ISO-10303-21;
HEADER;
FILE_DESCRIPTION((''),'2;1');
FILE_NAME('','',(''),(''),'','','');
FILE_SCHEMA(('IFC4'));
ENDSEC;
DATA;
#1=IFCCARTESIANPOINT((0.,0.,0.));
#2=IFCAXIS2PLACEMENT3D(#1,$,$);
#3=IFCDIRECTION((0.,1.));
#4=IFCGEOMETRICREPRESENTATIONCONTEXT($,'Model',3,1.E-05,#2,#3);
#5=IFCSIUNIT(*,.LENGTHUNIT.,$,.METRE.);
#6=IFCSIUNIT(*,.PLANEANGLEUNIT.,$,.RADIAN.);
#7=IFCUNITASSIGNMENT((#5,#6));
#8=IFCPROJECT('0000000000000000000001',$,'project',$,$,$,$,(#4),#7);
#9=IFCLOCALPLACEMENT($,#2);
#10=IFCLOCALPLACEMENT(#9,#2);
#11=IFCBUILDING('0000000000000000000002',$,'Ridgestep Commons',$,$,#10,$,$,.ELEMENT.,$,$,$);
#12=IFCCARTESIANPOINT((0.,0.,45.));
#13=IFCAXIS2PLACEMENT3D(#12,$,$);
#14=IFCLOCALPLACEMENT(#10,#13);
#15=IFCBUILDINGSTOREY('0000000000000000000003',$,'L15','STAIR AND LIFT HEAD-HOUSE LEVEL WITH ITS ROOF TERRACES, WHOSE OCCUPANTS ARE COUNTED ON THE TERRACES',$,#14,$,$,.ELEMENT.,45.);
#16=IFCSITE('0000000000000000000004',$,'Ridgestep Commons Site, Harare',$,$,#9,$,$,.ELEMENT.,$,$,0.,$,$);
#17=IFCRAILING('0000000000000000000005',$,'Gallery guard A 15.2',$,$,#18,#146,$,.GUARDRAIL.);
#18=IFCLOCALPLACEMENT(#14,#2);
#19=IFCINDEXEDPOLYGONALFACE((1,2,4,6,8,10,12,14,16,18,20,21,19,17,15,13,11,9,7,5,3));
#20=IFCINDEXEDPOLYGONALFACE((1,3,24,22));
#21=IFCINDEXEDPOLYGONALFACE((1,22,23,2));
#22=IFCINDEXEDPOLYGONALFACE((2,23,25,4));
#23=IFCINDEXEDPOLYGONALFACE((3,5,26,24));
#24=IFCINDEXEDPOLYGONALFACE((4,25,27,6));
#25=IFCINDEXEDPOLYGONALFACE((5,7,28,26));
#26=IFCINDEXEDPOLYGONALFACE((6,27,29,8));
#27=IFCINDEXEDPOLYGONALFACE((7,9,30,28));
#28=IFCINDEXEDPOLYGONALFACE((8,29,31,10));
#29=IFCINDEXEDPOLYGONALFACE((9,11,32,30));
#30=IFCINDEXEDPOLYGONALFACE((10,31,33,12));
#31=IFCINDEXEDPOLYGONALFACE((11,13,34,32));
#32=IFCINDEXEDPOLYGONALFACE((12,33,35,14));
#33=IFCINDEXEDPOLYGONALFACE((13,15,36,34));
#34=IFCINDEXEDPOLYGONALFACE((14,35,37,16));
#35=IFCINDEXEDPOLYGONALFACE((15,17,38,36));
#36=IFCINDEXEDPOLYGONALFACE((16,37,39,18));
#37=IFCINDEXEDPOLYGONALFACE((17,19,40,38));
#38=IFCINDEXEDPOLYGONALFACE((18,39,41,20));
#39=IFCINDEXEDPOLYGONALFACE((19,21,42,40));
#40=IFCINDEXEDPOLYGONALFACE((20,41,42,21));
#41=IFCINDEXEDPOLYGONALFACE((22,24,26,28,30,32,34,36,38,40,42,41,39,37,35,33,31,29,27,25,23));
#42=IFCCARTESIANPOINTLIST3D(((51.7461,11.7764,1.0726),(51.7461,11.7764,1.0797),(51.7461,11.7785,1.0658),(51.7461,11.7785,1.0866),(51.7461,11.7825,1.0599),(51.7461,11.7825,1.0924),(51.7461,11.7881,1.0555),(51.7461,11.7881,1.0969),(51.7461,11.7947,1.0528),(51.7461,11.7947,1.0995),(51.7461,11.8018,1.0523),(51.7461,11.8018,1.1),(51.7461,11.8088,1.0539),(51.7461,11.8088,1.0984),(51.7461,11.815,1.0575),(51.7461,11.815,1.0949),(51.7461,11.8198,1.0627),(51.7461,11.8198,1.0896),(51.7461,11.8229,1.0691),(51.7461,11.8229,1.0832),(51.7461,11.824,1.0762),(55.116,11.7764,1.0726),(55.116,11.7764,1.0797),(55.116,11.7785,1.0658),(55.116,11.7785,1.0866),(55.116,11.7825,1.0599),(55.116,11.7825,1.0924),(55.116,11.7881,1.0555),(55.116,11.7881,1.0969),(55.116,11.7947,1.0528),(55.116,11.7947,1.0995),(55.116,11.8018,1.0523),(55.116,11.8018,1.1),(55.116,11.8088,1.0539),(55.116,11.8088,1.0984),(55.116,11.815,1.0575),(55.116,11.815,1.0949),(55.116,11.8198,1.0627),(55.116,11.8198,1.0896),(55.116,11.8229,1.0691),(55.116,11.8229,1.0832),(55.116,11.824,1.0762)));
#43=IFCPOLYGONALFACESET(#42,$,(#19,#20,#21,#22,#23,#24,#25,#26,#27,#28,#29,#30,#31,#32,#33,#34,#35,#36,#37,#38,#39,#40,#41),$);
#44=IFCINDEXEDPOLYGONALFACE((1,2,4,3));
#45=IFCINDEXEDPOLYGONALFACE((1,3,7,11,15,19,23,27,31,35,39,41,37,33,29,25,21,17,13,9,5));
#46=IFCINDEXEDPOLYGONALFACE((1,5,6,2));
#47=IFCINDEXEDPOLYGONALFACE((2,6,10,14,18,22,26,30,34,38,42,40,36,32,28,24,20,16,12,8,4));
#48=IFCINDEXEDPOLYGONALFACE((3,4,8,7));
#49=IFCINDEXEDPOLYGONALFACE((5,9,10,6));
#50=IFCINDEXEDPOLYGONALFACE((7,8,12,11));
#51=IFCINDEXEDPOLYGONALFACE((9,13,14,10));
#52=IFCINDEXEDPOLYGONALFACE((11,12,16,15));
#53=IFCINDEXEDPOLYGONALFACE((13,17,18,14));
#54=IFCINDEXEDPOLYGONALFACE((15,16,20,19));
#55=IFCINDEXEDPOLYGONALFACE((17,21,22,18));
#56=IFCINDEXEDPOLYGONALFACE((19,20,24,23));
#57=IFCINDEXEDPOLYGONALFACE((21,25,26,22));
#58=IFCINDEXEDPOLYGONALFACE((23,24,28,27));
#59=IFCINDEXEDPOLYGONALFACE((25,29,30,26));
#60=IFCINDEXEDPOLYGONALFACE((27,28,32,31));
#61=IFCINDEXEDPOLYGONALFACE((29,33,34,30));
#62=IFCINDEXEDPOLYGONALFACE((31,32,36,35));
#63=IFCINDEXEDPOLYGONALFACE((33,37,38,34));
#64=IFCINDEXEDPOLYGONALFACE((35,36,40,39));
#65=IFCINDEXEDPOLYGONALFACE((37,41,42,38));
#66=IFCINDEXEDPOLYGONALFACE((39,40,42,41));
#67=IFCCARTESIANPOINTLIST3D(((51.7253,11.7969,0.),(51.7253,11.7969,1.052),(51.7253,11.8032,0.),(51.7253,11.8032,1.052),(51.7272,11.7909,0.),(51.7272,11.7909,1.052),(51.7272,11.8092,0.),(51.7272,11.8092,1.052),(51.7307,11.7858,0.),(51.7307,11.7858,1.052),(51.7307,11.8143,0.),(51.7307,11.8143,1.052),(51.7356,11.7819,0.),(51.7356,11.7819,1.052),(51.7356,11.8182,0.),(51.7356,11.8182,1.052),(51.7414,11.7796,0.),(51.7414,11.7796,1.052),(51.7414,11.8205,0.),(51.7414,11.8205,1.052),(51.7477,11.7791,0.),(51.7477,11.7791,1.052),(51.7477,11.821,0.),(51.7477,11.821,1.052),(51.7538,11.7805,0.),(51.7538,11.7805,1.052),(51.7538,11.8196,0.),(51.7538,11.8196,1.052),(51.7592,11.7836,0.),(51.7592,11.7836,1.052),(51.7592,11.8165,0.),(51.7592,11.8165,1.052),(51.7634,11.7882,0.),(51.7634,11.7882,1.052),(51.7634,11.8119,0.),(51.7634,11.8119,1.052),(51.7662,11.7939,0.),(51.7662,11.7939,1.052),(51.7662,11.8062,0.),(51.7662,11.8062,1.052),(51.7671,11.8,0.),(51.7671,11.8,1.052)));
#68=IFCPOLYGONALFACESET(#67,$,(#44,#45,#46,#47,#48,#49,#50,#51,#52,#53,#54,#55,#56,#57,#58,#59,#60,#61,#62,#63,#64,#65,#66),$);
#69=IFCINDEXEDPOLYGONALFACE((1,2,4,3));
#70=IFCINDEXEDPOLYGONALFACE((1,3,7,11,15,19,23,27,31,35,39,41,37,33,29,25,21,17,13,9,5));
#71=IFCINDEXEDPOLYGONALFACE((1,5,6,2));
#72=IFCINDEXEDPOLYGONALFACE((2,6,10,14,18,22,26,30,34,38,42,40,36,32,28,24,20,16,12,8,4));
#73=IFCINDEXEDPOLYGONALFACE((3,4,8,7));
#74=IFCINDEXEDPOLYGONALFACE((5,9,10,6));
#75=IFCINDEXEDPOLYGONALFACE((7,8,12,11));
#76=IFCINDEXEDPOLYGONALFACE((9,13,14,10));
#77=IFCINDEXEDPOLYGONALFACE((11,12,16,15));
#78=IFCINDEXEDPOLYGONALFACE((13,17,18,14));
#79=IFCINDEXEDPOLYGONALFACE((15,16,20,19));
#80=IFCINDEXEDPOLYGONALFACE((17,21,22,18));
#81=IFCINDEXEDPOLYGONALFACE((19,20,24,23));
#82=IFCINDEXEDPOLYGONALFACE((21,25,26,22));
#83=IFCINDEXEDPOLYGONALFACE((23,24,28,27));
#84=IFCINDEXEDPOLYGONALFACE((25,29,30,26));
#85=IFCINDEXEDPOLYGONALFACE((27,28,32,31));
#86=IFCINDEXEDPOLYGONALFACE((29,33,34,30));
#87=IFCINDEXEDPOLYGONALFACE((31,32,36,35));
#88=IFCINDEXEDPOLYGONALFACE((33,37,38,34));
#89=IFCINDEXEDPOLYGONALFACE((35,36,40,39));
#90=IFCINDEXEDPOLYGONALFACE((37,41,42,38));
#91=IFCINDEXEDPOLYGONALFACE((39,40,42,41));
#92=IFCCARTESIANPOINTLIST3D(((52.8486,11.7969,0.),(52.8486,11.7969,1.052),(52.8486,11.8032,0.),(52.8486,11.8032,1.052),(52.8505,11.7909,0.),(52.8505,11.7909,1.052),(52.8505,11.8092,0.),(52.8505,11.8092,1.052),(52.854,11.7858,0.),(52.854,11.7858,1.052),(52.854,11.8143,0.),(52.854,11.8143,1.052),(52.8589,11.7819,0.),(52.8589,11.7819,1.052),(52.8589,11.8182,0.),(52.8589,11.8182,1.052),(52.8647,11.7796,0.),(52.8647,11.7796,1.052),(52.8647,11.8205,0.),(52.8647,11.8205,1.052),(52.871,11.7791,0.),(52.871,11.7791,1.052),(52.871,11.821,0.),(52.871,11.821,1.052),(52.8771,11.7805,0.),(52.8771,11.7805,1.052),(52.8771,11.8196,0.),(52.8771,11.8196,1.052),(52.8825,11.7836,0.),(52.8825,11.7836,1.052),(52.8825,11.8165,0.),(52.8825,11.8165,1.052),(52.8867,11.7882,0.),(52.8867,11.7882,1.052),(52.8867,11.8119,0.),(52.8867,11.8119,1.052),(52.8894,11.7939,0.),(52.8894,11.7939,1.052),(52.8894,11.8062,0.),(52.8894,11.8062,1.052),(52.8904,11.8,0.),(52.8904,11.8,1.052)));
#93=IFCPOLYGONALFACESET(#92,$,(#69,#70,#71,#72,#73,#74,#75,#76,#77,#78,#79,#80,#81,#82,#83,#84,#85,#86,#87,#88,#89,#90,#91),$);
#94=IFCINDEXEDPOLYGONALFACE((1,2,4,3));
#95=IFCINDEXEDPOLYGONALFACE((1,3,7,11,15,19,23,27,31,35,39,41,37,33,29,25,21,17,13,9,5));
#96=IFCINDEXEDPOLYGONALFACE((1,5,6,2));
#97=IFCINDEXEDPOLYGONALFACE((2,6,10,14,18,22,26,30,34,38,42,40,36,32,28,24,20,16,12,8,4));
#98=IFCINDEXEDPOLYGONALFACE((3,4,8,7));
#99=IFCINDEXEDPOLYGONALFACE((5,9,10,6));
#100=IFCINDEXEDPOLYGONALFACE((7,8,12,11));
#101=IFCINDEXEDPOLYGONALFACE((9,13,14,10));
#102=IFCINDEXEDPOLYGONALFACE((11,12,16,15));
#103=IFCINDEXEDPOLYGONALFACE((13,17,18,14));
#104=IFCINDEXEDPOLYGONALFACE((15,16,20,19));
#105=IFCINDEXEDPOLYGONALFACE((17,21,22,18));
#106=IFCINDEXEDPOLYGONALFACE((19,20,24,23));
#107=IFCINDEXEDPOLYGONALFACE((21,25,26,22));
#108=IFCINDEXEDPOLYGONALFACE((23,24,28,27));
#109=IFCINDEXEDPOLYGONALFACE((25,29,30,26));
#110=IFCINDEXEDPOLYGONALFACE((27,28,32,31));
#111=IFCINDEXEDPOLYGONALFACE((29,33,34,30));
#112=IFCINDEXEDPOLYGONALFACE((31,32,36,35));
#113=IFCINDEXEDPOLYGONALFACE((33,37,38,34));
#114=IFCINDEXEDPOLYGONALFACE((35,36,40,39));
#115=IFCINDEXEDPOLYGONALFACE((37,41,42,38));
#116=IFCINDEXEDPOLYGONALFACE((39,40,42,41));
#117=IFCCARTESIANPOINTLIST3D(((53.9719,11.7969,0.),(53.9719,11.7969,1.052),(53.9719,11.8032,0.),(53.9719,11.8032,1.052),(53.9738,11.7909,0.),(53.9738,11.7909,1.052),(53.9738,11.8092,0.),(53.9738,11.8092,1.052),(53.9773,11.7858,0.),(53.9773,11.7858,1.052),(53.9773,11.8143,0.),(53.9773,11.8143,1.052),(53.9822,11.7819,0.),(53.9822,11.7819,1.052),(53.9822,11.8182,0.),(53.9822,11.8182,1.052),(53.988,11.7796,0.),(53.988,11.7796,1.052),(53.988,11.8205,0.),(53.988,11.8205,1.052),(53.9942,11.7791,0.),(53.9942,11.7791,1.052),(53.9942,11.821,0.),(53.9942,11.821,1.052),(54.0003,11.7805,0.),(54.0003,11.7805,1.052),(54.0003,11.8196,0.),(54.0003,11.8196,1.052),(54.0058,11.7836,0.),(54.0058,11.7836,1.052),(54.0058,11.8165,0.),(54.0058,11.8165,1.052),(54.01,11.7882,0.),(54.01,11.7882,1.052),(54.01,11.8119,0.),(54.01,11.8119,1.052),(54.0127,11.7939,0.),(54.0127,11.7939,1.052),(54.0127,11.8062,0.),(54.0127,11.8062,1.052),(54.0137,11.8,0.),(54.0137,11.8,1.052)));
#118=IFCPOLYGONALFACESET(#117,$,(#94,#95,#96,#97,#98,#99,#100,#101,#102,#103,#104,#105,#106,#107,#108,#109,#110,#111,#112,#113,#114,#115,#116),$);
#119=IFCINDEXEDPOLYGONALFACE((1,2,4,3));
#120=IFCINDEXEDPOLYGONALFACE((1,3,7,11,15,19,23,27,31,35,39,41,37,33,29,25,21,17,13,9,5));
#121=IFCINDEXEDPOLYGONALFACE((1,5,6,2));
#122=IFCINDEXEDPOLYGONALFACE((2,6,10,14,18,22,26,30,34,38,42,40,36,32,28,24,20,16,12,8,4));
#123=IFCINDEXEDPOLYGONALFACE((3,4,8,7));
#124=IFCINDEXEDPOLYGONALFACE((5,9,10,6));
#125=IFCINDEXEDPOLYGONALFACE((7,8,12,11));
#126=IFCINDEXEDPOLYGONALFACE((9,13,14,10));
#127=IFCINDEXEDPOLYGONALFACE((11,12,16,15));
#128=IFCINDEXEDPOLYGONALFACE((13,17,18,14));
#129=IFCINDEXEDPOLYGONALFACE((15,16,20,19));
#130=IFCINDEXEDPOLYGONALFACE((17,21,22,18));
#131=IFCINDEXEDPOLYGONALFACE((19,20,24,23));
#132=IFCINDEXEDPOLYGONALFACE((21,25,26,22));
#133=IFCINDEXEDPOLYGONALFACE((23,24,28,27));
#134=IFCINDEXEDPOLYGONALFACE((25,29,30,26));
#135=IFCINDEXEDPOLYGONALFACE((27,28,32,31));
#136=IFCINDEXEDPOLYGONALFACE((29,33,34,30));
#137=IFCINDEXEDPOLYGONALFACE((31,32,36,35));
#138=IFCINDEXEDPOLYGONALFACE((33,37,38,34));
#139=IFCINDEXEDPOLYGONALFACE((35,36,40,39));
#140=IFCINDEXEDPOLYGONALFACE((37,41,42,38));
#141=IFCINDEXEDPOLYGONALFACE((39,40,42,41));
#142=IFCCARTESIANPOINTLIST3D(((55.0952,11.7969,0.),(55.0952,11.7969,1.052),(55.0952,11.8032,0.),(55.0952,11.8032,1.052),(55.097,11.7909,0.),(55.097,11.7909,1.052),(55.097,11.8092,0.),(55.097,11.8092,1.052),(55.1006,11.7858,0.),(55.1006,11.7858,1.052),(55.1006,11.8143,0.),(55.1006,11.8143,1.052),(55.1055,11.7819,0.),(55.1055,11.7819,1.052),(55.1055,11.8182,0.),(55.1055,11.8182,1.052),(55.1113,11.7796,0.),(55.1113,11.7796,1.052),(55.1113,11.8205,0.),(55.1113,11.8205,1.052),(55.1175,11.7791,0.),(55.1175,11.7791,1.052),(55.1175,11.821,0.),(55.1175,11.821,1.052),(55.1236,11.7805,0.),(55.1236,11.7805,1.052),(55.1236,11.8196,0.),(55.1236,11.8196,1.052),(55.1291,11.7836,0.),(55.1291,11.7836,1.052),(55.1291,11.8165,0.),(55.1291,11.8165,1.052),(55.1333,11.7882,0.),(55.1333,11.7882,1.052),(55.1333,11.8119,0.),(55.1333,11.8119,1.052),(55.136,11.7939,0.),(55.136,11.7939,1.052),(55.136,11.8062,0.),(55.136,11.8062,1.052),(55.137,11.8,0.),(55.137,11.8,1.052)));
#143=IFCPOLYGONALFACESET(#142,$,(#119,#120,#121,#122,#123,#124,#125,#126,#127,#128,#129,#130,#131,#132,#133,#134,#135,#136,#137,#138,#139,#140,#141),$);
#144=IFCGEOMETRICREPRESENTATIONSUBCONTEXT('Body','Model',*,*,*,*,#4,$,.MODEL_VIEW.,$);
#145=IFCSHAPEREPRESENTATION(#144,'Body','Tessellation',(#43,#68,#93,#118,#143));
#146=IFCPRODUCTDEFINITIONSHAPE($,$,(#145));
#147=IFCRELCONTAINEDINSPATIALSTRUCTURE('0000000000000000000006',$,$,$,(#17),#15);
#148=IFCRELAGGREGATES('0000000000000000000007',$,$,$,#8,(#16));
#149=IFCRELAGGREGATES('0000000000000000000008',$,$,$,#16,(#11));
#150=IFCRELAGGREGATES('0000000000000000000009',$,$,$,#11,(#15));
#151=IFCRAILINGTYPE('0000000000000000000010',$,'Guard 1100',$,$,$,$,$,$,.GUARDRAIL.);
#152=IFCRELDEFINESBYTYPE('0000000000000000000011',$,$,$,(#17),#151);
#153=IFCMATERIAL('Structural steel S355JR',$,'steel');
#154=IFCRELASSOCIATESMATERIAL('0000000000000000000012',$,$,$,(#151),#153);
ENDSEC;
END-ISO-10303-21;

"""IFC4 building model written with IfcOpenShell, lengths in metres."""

from ifc_helpers import new_model, si_unit, direction, frame, origin, origin_2d, place, context, subcontext, project, spatial, circle, extrude, material, type_object, element, save


model = new_model("IFC4")

# Units and contexts
model_context = context("Model", 3, precision=1e-05, world=origin(), true_north=direction((0.0, 1.0)))
body_context = subcontext(model_context, "Body", "Model", "MODEL_VIEW")
ifc_project = project(units=[si_unit("LENGTHUNIT", "METRE"), si_unit("PLANEANGLEUNIT", "RADIAN")], contexts=[model_context])

# Site, building, storey
site_placement = place(None, origin())
site = spatial("IfcSite", under=ifc_project, at=site_placement, Name="Ridgestep Commons Site, Harare", CompositionType="ELEMENT", RefElevation=0.0)
building_placement = place(site_placement, origin())
building = spatial("IfcBuilding", under=site, at=building_placement, Name="Ridgestep Commons", CompositionType="ELEMENT")
storey_placement = place(building_placement, frame((0.0, 0.0, 45.0)))
storey = spatial("IfcBuildingStorey", under=building, at=storey_placement, Name="L15", Description="STAIR AND LIFT HEAD-HOUSE LEVEL WITH ITS ROOF TERRACES, WHOSE OCCUPANTS ARE COUNTED ON THE TERRACES", CompositionType="ELEMENT", Elevation=45.0)

# Railing
ifc_material_1 = material(Name="Structural steel S355JR", Category="steel")
railing_type_1 = type_object("IfcRailingType", Name="Guard 1100", PredefinedType="GUARDRAIL", material=ifc_material_1)
railing_1_placement = place(storey_placement, frame((51.7461, 11.8, 0.0)))
element("IfcRailing", 1, at=railing_1_placement, inside=storey, type_object=railing_type_1, Name="Gallery guard A 15.2", PredefinedType="GUARDRAIL", context=body_context, shape_type="SweptSolid", body=[
    extrude(circle(Radius=0.0239, at=origin_2d()), frame((0.0, 0.0, 1.0762), z_axis=(1.0, 0.0, 0.0), x_axis=(0.0, 1.0, 0.0)), (0.0, 0.0, 1.0), 3.3699),
    extrude(circle(Radius=0.021, at=origin_2d()), origin(), (0.0, 0.0, 1.0), 1.052),
    extrude(circle(Radius=0.021, at=origin_2d()), frame((1.1233, 0.0, 0.0)), (0.0, 0.0, 1.0), 1.052),
    extrude(circle(Radius=0.021, at=origin_2d()), frame((2.2466, 0.0, 0.0)), (0.0, 0.0, 1.0), 1.052),
    extrude(circle(Radius=0.021, at=origin_2d()), frame((3.3699, 0.0, 0.0)), (0.0, 0.0, 1.0), 1.052),
])

save(model, "model.ifc")
